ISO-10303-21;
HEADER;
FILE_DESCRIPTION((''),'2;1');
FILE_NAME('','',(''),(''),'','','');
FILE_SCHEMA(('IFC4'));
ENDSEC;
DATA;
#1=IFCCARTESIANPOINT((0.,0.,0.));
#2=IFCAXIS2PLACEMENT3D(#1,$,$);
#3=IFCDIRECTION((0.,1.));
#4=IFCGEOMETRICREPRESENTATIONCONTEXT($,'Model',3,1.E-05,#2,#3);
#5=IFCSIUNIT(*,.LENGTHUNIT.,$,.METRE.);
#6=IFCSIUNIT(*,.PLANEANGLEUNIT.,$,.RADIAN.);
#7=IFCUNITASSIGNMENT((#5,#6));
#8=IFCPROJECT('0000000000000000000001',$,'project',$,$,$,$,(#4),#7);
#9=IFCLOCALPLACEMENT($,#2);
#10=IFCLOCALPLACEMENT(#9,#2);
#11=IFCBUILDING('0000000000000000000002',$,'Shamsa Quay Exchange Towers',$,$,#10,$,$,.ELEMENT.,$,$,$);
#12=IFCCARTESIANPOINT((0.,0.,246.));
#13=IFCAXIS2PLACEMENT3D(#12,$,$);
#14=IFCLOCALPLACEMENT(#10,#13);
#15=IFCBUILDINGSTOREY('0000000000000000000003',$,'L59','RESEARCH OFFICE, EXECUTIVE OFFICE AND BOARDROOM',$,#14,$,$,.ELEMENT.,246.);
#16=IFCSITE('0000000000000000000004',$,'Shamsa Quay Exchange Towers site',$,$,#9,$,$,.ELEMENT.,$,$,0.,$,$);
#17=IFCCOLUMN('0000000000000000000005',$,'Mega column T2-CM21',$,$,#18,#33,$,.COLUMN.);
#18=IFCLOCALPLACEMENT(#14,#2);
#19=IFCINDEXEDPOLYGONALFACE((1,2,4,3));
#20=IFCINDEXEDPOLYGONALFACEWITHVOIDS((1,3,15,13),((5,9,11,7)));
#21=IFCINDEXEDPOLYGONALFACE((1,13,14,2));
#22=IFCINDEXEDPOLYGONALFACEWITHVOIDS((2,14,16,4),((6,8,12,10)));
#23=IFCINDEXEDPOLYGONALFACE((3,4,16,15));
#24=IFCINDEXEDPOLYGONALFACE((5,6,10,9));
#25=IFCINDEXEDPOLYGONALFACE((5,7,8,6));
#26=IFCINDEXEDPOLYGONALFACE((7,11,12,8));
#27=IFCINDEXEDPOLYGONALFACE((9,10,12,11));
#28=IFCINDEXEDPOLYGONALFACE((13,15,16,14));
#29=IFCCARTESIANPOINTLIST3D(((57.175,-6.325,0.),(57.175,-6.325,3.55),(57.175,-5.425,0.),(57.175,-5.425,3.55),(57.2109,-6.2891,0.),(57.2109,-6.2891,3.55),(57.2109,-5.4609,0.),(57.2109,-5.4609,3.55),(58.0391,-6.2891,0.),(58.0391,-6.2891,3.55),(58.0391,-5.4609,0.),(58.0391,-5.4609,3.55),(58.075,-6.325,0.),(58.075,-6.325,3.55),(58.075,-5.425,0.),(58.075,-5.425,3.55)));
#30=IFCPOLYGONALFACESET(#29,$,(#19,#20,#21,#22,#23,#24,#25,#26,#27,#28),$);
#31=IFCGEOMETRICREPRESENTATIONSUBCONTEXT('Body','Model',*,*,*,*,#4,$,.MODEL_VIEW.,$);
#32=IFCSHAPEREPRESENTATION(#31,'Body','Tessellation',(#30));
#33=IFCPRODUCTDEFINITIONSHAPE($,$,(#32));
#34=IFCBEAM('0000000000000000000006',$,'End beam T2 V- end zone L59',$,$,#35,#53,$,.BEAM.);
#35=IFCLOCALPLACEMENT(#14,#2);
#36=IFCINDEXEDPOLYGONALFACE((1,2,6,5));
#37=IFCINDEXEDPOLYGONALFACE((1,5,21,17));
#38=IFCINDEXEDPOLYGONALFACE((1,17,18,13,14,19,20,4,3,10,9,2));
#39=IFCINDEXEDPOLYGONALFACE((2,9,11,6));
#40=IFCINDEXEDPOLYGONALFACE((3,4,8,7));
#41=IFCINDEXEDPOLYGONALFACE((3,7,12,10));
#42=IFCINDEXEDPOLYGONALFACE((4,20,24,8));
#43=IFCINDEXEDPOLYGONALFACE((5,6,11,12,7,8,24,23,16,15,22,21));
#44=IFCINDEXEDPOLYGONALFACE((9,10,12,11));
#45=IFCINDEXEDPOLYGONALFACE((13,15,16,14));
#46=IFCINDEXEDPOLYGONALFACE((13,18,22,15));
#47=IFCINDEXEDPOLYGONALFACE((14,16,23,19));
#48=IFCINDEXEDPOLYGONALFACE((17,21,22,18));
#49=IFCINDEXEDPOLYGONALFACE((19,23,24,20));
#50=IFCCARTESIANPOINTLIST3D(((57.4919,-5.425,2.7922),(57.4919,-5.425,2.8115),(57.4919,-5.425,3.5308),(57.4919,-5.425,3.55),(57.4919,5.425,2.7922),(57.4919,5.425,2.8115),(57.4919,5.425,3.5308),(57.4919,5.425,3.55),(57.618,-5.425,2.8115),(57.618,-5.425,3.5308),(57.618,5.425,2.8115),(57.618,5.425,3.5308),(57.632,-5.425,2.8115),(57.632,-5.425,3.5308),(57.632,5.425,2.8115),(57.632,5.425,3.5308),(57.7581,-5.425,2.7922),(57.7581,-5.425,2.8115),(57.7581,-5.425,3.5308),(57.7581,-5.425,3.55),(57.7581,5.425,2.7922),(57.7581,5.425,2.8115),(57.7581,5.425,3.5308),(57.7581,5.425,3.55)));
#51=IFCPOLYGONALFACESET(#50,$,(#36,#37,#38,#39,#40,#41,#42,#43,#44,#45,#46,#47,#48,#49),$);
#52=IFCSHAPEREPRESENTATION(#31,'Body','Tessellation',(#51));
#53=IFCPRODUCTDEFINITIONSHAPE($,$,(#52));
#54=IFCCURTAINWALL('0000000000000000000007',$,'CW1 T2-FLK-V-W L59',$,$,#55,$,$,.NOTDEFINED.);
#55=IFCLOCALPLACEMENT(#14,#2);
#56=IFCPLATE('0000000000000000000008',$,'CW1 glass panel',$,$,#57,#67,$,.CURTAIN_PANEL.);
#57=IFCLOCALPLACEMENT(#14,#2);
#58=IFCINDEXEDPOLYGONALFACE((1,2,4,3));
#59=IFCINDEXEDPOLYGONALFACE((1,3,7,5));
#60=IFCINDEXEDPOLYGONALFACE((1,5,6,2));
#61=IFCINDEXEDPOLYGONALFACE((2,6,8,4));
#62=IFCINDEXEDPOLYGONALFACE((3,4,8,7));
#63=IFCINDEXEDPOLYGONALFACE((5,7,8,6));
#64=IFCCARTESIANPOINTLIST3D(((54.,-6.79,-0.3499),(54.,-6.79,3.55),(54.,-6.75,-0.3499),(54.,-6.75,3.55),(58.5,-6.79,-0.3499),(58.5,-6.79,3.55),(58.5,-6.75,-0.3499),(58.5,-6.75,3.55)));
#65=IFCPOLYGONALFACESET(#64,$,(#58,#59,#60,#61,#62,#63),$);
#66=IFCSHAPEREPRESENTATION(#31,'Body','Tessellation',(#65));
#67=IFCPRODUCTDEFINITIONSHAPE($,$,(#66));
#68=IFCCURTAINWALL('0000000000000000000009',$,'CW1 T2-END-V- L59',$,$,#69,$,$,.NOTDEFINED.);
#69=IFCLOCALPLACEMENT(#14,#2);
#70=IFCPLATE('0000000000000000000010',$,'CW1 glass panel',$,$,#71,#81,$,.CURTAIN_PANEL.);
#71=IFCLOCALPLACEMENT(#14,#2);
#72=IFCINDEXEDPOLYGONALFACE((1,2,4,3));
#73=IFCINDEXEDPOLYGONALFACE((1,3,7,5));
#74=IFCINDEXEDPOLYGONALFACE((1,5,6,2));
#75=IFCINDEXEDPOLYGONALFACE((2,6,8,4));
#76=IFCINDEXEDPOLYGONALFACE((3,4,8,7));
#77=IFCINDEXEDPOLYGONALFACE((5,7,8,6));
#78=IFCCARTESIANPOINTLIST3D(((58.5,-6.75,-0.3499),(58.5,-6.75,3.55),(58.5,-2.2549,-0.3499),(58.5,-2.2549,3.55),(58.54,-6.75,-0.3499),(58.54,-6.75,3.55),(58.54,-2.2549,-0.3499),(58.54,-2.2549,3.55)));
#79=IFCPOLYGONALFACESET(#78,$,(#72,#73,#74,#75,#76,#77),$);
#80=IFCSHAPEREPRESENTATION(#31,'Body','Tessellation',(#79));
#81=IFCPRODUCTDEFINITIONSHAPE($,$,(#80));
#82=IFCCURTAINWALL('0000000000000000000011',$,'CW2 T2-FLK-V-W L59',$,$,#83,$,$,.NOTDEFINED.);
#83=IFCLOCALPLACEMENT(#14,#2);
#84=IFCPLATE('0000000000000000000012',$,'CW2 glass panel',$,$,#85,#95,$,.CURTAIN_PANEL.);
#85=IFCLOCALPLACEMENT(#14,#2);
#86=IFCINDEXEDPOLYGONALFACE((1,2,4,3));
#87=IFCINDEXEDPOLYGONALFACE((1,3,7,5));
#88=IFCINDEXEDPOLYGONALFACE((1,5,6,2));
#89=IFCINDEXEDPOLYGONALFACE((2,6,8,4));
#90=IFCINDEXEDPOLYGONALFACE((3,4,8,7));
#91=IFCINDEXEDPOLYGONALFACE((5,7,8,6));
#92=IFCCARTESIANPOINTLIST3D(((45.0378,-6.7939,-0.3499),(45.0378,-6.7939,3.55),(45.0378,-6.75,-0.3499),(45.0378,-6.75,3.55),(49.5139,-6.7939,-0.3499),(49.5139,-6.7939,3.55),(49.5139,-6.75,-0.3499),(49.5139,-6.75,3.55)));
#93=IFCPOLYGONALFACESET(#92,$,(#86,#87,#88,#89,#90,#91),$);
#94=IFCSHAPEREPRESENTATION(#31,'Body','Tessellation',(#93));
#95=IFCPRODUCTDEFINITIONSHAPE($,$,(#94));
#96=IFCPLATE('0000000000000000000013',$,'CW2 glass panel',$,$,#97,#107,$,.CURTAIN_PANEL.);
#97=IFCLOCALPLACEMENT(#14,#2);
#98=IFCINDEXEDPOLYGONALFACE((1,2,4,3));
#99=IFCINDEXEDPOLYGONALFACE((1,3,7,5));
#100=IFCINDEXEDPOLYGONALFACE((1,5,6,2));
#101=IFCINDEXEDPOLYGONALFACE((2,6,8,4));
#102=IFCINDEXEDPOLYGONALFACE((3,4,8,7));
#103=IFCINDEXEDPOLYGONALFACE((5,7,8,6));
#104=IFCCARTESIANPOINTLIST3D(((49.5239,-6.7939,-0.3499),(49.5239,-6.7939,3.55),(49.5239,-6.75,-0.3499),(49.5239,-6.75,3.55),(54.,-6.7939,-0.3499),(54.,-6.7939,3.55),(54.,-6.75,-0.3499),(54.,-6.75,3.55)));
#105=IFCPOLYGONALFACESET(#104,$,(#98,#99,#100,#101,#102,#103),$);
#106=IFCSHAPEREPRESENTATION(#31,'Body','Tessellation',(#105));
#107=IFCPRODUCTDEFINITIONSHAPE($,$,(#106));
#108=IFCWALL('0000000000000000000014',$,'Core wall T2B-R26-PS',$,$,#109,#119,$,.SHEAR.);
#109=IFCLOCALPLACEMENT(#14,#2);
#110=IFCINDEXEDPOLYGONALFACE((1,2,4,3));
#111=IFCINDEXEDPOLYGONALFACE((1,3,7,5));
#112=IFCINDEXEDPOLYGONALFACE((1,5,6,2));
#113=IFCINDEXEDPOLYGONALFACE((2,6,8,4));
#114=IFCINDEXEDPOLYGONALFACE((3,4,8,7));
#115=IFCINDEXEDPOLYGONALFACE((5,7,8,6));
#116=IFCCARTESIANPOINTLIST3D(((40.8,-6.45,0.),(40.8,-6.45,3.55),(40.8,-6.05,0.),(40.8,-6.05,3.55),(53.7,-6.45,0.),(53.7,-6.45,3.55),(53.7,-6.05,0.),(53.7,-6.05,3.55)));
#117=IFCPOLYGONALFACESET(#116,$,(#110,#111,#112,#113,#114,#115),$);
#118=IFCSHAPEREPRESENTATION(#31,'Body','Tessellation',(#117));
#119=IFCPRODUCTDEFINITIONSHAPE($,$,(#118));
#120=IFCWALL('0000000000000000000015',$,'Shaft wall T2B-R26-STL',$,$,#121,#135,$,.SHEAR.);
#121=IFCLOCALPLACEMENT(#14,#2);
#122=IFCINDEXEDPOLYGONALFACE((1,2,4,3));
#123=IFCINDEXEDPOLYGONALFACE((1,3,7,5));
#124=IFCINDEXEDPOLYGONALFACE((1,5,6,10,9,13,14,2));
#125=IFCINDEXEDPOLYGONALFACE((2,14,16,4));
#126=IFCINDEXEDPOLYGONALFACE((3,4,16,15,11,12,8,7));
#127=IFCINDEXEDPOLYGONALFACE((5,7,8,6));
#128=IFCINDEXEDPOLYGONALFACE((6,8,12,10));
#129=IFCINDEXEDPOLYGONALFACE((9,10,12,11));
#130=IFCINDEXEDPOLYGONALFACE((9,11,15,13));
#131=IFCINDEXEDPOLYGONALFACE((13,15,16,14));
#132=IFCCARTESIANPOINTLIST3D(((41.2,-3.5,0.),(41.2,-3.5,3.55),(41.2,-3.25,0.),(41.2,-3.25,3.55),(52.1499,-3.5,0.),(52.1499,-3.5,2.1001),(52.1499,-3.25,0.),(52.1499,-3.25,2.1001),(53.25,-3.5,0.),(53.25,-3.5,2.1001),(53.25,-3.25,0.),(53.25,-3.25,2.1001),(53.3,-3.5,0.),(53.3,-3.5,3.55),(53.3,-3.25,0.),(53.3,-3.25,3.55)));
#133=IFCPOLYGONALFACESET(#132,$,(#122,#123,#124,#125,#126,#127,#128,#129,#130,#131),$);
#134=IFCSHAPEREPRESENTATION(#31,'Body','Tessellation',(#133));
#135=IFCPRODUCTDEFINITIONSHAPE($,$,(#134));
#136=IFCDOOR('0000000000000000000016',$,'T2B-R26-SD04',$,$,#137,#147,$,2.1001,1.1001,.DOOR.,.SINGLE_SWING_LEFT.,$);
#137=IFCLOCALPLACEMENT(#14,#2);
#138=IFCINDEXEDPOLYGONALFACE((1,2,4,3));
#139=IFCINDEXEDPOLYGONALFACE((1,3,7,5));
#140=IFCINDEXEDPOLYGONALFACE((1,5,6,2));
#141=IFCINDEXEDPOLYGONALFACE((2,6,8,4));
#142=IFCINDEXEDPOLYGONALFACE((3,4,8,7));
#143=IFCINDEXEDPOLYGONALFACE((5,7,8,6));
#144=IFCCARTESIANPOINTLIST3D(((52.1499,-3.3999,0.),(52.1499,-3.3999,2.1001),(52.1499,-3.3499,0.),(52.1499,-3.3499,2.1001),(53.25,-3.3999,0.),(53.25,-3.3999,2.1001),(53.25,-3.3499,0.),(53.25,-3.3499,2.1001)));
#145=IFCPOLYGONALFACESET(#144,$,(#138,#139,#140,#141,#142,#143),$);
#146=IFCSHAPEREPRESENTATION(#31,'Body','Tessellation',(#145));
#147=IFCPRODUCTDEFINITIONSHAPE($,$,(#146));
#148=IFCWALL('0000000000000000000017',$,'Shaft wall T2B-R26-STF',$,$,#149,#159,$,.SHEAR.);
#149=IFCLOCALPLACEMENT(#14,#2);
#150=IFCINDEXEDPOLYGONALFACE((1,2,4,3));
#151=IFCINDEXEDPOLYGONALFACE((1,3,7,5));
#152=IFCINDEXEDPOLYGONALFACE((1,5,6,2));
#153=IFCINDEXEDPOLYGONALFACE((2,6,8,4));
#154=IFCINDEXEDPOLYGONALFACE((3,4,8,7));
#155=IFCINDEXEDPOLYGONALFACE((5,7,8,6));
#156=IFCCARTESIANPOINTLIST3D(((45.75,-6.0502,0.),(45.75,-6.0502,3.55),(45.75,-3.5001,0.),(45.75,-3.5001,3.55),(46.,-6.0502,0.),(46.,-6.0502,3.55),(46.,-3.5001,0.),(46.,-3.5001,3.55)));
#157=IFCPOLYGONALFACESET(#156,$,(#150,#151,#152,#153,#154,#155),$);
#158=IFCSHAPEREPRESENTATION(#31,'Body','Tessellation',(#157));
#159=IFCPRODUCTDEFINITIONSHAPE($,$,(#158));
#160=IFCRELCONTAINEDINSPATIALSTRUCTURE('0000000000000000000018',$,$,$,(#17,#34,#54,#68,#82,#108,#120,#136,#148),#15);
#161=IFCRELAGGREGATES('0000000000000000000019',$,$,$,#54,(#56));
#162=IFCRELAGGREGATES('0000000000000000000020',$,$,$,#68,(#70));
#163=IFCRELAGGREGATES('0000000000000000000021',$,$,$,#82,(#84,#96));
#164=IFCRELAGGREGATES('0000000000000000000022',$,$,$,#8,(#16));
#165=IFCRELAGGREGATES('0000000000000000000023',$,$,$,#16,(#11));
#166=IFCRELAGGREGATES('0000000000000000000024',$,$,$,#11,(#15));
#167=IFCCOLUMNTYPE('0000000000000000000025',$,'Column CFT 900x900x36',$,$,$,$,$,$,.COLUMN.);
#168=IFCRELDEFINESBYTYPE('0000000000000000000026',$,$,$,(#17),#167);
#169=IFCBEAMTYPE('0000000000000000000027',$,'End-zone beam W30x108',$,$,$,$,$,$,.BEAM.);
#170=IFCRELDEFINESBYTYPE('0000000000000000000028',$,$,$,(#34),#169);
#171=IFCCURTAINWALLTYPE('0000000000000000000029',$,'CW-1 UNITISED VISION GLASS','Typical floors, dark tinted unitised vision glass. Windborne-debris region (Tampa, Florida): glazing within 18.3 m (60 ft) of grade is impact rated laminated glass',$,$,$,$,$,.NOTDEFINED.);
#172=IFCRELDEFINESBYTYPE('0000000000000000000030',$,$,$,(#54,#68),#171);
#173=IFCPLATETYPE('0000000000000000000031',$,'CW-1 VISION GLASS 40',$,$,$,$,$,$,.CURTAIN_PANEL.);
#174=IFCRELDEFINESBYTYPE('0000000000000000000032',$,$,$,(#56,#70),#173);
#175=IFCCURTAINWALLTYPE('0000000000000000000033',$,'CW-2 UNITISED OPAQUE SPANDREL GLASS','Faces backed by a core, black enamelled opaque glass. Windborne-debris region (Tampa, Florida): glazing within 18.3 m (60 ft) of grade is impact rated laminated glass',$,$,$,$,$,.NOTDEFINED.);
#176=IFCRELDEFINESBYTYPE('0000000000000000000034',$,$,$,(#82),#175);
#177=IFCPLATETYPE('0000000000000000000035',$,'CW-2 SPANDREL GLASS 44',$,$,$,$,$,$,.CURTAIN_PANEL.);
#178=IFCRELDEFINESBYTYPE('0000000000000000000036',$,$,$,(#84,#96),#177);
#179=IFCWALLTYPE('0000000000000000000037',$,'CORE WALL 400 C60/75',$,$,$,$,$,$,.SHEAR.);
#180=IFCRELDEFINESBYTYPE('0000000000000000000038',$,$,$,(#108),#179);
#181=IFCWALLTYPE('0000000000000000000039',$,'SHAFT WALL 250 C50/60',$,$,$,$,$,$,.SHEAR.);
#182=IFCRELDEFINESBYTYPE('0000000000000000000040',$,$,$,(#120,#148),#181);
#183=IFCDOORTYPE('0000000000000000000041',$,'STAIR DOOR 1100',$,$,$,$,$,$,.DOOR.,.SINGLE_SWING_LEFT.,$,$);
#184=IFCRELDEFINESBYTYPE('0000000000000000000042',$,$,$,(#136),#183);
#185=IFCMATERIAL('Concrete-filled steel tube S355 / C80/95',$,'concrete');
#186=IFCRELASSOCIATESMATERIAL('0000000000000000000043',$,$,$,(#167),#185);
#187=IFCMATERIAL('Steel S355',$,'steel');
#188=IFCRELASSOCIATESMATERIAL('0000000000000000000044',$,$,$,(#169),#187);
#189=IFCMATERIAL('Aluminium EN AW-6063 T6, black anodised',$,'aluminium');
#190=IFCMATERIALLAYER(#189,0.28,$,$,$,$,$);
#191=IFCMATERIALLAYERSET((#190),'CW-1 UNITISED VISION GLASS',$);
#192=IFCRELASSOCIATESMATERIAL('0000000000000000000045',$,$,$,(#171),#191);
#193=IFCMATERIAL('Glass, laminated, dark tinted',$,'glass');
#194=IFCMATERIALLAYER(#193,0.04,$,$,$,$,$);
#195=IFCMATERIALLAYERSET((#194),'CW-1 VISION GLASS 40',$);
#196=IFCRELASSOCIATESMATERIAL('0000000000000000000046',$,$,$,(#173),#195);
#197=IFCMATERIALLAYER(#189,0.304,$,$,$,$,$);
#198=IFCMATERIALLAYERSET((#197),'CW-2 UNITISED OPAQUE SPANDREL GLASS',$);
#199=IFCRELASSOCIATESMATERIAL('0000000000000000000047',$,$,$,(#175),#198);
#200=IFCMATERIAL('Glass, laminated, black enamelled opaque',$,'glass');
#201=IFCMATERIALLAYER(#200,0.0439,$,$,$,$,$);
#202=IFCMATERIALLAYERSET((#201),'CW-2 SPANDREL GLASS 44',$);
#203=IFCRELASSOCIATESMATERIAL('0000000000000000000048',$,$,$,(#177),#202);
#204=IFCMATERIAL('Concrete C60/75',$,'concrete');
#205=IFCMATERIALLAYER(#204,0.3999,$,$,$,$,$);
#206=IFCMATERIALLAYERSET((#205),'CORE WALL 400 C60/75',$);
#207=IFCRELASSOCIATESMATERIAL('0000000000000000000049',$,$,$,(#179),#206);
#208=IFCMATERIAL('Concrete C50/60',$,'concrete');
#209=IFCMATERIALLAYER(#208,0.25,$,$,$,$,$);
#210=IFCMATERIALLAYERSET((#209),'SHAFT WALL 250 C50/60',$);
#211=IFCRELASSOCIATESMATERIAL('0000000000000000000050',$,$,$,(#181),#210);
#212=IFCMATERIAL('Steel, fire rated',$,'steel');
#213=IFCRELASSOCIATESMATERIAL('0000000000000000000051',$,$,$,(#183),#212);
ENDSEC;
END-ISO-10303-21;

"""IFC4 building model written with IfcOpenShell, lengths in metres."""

from ifc_helpers import new_model, si_unit, direction, frame, frame_2d, origin, origin_2d, place, context, subcontext, project, spatial, rectangle, hollow_rectangle, i_section, extrude, material, layer, layer_set, material_profile, profile_set, type_object, element, fill, aggregate, save


model = new_model("IFC4")

# Units and contexts
model_context = context("Model", 3, precision=1e-05, world=origin(), true_north=direction((0.0, 1.0)))
body_context = subcontext(model_context, "Body", "Model", "MODEL_VIEW")
ifc_project = project(units=[si_unit("LENGTHUNIT", "METRE"), si_unit("PLANEANGLEUNIT", "RADIAN")], contexts=[model_context])

# Site, building, storey
site_placement = place(None, origin())
site = spatial("IfcSite", under=ifc_project, at=site_placement, Name="Shamsa Quay Exchange Towers site", CompositionType="ELEMENT", RefElevation=0.0)
building_placement = place(site_placement, origin())
building = spatial("IfcBuilding", under=site, at=building_placement, Name="Shamsa Quay Exchange Towers", CompositionType="ELEMENT")
storey_placement = place(building_placement, frame((0.0, 0.0, 246.0)))
storey = spatial("IfcBuildingStorey", under=building, at=storey_placement, Name="L59", Description="RESEARCH OFFICE, EXECUTIVE OFFICE AND BOARDROOM", CompositionType="ELEMENT", Elevation=246.0)

# Column
ifc_material_1 = material(Name="Concrete-filled steel tube S355 / C80/95", Category="concrete")
ifc_material_profile_1 = material_profile(ifc_material_1, hollow_rectangle(XDim=0.8999, YDim=0.8999, WallThickness=0.0359, at=origin_2d()), Name="CFT 900x900x36")
ifc_profile_set_1 = profile_set([ifc_material_profile_1], Name="Concrete-filled steel tube S355 / C80/95")
column_type = type_object("IfcColumnType", Name="Column CFT 900x900x36", PredefinedType="COLUMN", material=ifc_profile_set_1)
column_placement = place(storey_placement, frame((57.625, -5.875, 0.0)))
element("IfcColumn", 1, at=column_placement, inside=storey, type_object=column_type, Name="Mega column T2-CM21", PredefinedType="COLUMN", context=body_context, shape_type="SweptSolid", body=[
    extrude(hollow_rectangle(XDim=0.8999, YDim=0.8999, WallThickness=0.0359, at=origin_2d()), origin(), (0.0, 0.0, 1.0), 3.55),
])

# Beam
ifc_material_2 = material(Name="Steel S355", Category="steel")
ifc_material_profile_2 = material_profile(ifc_material_2, i_section(OverallWidth=0.2661, OverallDepth=0.7578, WebThickness=0.0139, FlangeThickness=0.0193, at=origin_2d()), Name="W30x108")
ifc_profile_set_2 = profile_set([ifc_material_profile_2], Name="Steel S355")
beam_type = type_object("IfcBeamType", Name="End-zone beam W30x108", PredefinedType="BEAM", material=ifc_profile_set_2)
beam_placement = place(storey_placement, frame((57.625, -5.425, 3.1711), z_axis=(0.0, 1.0, 0.0), x_axis=(-1.0, 0.0, 0.0)))
element("IfcBeam", 2, at=beam_placement, inside=storey, type_object=beam_type, Name="End beam T2 V- end zone L59", PredefinedType="BEAM", context=body_context, shape_type="SweptSolid", body=[
    extrude(i_section(OverallWidth=0.2661, OverallDepth=0.7578, WebThickness=0.0139, FlangeThickness=0.0193, at=origin_2d()), origin(), (0.0, 0.0, 1.0), 10.8501),
])

# Curtain walls, plates
ifc_material_3 = material(Name="Aluminium EN AW-6063 T6, black anodised", Category="aluminium")
ifc_layer_1 = layer(ifc_material_3, 0.28)
ifc_layer_set_1 = layer_set([ifc_layer_1], Name="CW-1 UNITISED VISION GLASS")
curtain_wall_type_1 = type_object("IfcCurtainWallType", Name="CW-1 UNITISED VISION GLASS", Description="Typical floors, dark tinted unitised vision glass. Windborne-debris region (Tampa, Florida): glazing within 18.3 m (60 ft) of grade is impact rated laminated glass", PredefinedType="NOTDEFINED", material=ifc_layer_set_1)
curtain_wall_1_placement = place(storey_placement, origin())
curtain_wall_1 = element("IfcCurtainWall", 3, at=curtain_wall_1_placement, inside=storey, type_object=curtain_wall_type_1, Name="CW1 T2-FLK-V-W L59", PredefinedType="NOTDEFINED")
ifc_material_4 = material(Name="Glass, laminated, dark tinted", Category="glass")
ifc_layer_2 = layer(ifc_material_4, 0.04)
ifc_layer_set_2 = layer_set([ifc_layer_2], Name="CW-1 VISION GLASS 40")
plate_type_1 = type_object("IfcPlateType", Name="CW-1 VISION GLASS 40", PredefinedType="CURTAIN_PANEL", material=ifc_layer_set_2)
plate_1_placement = place(storey_placement, frame((56.25, -6.77, -0.3499)))
plate_1 = element("IfcPlate", 4, at=plate_1_placement, type_object=plate_type_1, Name="CW1 glass panel", PredefinedType="CURTAIN_PANEL", context=body_context, shape_type="SweptSolid", body=[
    extrude(rectangle(XDim=4.5, YDim=0.04, at=origin_2d()), origin(), (0.0, 0.0, 1.0), 3.8999),
])
aggregate(curtain_wall_1, [plate_1])
curtain_wall_2_placement = place(storey_placement, origin())
curtain_wall_2 = element("IfcCurtainWall", 5, at=curtain_wall_2_placement, inside=storey, type_object=curtain_wall_type_1, Name="CW1 T2-END-V- L59", PredefinedType="NOTDEFINED")
plate_2_placement = place(storey_placement, frame((58.52, -4.5024, -0.3499), z_axis=(0.0, 0.0, 1.0), x_axis=(0.0, 1.0, 0.0)))
plate_2 = element("IfcPlate", 6, at=plate_2_placement, type_object=plate_type_1, Name="CW1 glass panel", PredefinedType="CURTAIN_PANEL", context=body_context, shape_type="SweptSolid", body=[
    extrude(rectangle(XDim=4.4951, YDim=0.04, at=origin_2d()), origin(), (0.0, 0.0, 1.0), 3.8999),
])
aggregate(curtain_wall_2, [plate_2])

# Curtain wall, plates
ifc_layer_3 = layer(ifc_material_3, 0.304)
ifc_layer_set_3 = layer_set([ifc_layer_3], Name="CW-2 UNITISED OPAQUE SPANDREL GLASS")
curtain_wall_type_2 = type_object("IfcCurtainWallType", Name="CW-2 UNITISED OPAQUE SPANDREL GLASS", Description="Faces backed by a core, black enamelled opaque glass. Windborne-debris region (Tampa, Florida): glazing within 18.3 m (60 ft) of grade is impact rated laminated glass", PredefinedType="NOTDEFINED", material=ifc_layer_set_3)
curtain_wall_3_placement = place(storey_placement, origin())
curtain_wall_3 = element("IfcCurtainWall", 7, at=curtain_wall_3_placement, inside=storey, type_object=curtain_wall_type_2, Name="CW2 T2-FLK-V-W L59", PredefinedType="NOTDEFINED")
ifc_material_5 = material(Name="Glass, laminated, black enamelled opaque", Category="glass")
ifc_layer_4 = layer(ifc_material_5, 0.0439)
ifc_layer_set_4 = layer_set([ifc_layer_4], Name="CW-2 SPANDREL GLASS 44")
plate_type_2 = type_object("IfcPlateType", Name="CW-2 SPANDREL GLASS 44", PredefinedType="CURTAIN_PANEL", material=ifc_layer_set_4)
plate_3_placement = place(storey_placement, frame((47.2759, -6.772, -0.3499)))
plate_3 = element("IfcPlate", 8, at=plate_3_placement, type_object=plate_type_2, Name="CW2 glass panel", PredefinedType="CURTAIN_PANEL", context=body_context, shape_type="SweptSolid", body=[
    extrude(rectangle(XDim=4.4761, YDim=0.0439, at=origin_2d()), origin(), (0.0, 0.0, 1.0), 3.8999),
])
plate_4_placement = place(storey_placement, frame((51.762, -6.772, -0.3499)))
plate_4 = element("IfcPlate", 9, at=plate_4_placement, type_object=plate_type_2, Name="CW2 glass panel", PredefinedType="CURTAIN_PANEL", context=body_context, shape_type="SweptSolid", body=[
    extrude(rectangle(XDim=4.4761, YDim=0.0439, at=origin_2d()), origin(), (0.0, 0.0, 1.0), 3.8999),
])
aggregate(curtain_wall_3, [plate_3, plate_4])

# Wall
ifc_material_6 = material(Name="Concrete C60/75", Category="concrete")
ifc_layer_5 = layer(ifc_material_6, 0.3999)
ifc_layer_set_5 = layer_set([ifc_layer_5], Name="CORE WALL 400 C60/75")
wall_type_1 = type_object("IfcWallType", Name="CORE WALL 400 C60/75", PredefinedType="SHEAR", material=ifc_layer_set_5)
wall_1_placement = place(storey_placement, frame((53.7, -6.25, 0.0), z_axis=(0.0, 0.0, 1.0), x_axis=(-1.0, 0.0, 0.0)))
element("IfcWall", 10, at=wall_1_placement, inside=storey, type_object=wall_type_1, Name="Core wall T2B-R26-PS", PredefinedType="SHEAR", context=body_context, shape_type="SweptSolid", body=[
    extrude(rectangle(XDim=12.8999, YDim=0.3999, at=frame_2d((6.45, 0.0))), origin(), (0.0, 0.0, 1.0), 3.55),
])

# Wall, opening, door
ifc_material_7 = material(Name="Steel, fire rated", Category="steel")
ifc_material_8 = material(Name="Concrete C50/60", Category="concrete")
ifc_layer_6 = layer(ifc_material_8, 0.25)
ifc_layer_set_6 = layer_set([ifc_layer_6], Name="SHAFT WALL 250 C50/60")
wall_type_2 = type_object("IfcWallType", Name="SHAFT WALL 250 C50/60", PredefinedType="SHEAR", material=ifc_layer_set_6)
wall_2_placement = place(storey_placement, frame((53.3, -3.375, 0.0), z_axis=(0.0, 0.0, 1.0), x_axis=(-1.0, 0.0, 0.0)))
wall_2 = element("IfcWall", 11, at=wall_2_placement, inside=storey, type_object=wall_type_2, Name="Shaft wall T2B-R26-STL", PredefinedType="SHEAR", context=body_context, shape_type="SweptSolid", body=[
    extrude(rectangle(XDim=12.1001, YDim=0.25, at=frame_2d((6.05, 0.0))), origin(), (0.0, 0.0, 1.0), 3.55),
])
opening_1_placement = place(wall_2_placement, frame((0.05, 0.0, 0.0)))
opening_1 = element("IfcOpeningElement", 12, at=opening_1_placement, cuts=wall_2, PredefinedType="OPENING", context=body_context, shape_type="SweptSolid", body=[
    extrude(rectangle(XDim=1.1001, YDim=2.1001, at=frame_2d((0.55, 1.05))), frame((0.0, 0.135, 0.0), z_axis=(0.0, -1.0, 0.0), x_axis=(1.0, 0.0, 0.0)), (0.0, 0.0, 1.0), 0.27),
])
door_type_1 = type_object("IfcDoorType", Name="STAIR DOOR 1100", OperationType="SINGLE_SWING_LEFT", PredefinedType="DOOR", material=ifc_material_7)
door_1_placement = place(opening_1_placement, origin())
door_1 = element("IfcDoor", 13, at=door_1_placement, inside=storey, type_object=door_type_1, Name="T2B-R26-SD04", OperationType="SINGLE_SWING_LEFT", OverallHeight=2.1001, OverallWidth=1.1001, PredefinedType="DOOR", context=body_context, shape_type="SweptSolid", body=[
    extrude(rectangle(XDim=1.1001, YDim=2.1001, at=frame_2d((0.55, 1.05))), frame((0.0, 0.0249, 0.0), z_axis=(0.0, -1.0, 0.0), x_axis=(1.0, 0.0, 0.0)), (0.0, 0.0, 1.0), 0.05),
])
fill(opening_1, door_1)

# Wall
wall_3_placement = place(storey_placement, frame((45.875, -6.05, 0.0), z_axis=(0.0, 0.0, 1.0), x_axis=(0.0, 1.0, 0.0)))
element("IfcWall", 14, at=wall_3_placement, inside=storey, type_object=wall_type_2, Name="Shaft wall T2B-R26-STF", PredefinedType="SHEAR", context=body_context, shape_type="SweptSolid", body=[
    extrude(rectangle(XDim=2.55, YDim=0.25, at=frame_2d((1.2749, 0.0))), origin(), (0.0, 0.0, 1.0), 3.55),
])

save(model, "model.ifc")
